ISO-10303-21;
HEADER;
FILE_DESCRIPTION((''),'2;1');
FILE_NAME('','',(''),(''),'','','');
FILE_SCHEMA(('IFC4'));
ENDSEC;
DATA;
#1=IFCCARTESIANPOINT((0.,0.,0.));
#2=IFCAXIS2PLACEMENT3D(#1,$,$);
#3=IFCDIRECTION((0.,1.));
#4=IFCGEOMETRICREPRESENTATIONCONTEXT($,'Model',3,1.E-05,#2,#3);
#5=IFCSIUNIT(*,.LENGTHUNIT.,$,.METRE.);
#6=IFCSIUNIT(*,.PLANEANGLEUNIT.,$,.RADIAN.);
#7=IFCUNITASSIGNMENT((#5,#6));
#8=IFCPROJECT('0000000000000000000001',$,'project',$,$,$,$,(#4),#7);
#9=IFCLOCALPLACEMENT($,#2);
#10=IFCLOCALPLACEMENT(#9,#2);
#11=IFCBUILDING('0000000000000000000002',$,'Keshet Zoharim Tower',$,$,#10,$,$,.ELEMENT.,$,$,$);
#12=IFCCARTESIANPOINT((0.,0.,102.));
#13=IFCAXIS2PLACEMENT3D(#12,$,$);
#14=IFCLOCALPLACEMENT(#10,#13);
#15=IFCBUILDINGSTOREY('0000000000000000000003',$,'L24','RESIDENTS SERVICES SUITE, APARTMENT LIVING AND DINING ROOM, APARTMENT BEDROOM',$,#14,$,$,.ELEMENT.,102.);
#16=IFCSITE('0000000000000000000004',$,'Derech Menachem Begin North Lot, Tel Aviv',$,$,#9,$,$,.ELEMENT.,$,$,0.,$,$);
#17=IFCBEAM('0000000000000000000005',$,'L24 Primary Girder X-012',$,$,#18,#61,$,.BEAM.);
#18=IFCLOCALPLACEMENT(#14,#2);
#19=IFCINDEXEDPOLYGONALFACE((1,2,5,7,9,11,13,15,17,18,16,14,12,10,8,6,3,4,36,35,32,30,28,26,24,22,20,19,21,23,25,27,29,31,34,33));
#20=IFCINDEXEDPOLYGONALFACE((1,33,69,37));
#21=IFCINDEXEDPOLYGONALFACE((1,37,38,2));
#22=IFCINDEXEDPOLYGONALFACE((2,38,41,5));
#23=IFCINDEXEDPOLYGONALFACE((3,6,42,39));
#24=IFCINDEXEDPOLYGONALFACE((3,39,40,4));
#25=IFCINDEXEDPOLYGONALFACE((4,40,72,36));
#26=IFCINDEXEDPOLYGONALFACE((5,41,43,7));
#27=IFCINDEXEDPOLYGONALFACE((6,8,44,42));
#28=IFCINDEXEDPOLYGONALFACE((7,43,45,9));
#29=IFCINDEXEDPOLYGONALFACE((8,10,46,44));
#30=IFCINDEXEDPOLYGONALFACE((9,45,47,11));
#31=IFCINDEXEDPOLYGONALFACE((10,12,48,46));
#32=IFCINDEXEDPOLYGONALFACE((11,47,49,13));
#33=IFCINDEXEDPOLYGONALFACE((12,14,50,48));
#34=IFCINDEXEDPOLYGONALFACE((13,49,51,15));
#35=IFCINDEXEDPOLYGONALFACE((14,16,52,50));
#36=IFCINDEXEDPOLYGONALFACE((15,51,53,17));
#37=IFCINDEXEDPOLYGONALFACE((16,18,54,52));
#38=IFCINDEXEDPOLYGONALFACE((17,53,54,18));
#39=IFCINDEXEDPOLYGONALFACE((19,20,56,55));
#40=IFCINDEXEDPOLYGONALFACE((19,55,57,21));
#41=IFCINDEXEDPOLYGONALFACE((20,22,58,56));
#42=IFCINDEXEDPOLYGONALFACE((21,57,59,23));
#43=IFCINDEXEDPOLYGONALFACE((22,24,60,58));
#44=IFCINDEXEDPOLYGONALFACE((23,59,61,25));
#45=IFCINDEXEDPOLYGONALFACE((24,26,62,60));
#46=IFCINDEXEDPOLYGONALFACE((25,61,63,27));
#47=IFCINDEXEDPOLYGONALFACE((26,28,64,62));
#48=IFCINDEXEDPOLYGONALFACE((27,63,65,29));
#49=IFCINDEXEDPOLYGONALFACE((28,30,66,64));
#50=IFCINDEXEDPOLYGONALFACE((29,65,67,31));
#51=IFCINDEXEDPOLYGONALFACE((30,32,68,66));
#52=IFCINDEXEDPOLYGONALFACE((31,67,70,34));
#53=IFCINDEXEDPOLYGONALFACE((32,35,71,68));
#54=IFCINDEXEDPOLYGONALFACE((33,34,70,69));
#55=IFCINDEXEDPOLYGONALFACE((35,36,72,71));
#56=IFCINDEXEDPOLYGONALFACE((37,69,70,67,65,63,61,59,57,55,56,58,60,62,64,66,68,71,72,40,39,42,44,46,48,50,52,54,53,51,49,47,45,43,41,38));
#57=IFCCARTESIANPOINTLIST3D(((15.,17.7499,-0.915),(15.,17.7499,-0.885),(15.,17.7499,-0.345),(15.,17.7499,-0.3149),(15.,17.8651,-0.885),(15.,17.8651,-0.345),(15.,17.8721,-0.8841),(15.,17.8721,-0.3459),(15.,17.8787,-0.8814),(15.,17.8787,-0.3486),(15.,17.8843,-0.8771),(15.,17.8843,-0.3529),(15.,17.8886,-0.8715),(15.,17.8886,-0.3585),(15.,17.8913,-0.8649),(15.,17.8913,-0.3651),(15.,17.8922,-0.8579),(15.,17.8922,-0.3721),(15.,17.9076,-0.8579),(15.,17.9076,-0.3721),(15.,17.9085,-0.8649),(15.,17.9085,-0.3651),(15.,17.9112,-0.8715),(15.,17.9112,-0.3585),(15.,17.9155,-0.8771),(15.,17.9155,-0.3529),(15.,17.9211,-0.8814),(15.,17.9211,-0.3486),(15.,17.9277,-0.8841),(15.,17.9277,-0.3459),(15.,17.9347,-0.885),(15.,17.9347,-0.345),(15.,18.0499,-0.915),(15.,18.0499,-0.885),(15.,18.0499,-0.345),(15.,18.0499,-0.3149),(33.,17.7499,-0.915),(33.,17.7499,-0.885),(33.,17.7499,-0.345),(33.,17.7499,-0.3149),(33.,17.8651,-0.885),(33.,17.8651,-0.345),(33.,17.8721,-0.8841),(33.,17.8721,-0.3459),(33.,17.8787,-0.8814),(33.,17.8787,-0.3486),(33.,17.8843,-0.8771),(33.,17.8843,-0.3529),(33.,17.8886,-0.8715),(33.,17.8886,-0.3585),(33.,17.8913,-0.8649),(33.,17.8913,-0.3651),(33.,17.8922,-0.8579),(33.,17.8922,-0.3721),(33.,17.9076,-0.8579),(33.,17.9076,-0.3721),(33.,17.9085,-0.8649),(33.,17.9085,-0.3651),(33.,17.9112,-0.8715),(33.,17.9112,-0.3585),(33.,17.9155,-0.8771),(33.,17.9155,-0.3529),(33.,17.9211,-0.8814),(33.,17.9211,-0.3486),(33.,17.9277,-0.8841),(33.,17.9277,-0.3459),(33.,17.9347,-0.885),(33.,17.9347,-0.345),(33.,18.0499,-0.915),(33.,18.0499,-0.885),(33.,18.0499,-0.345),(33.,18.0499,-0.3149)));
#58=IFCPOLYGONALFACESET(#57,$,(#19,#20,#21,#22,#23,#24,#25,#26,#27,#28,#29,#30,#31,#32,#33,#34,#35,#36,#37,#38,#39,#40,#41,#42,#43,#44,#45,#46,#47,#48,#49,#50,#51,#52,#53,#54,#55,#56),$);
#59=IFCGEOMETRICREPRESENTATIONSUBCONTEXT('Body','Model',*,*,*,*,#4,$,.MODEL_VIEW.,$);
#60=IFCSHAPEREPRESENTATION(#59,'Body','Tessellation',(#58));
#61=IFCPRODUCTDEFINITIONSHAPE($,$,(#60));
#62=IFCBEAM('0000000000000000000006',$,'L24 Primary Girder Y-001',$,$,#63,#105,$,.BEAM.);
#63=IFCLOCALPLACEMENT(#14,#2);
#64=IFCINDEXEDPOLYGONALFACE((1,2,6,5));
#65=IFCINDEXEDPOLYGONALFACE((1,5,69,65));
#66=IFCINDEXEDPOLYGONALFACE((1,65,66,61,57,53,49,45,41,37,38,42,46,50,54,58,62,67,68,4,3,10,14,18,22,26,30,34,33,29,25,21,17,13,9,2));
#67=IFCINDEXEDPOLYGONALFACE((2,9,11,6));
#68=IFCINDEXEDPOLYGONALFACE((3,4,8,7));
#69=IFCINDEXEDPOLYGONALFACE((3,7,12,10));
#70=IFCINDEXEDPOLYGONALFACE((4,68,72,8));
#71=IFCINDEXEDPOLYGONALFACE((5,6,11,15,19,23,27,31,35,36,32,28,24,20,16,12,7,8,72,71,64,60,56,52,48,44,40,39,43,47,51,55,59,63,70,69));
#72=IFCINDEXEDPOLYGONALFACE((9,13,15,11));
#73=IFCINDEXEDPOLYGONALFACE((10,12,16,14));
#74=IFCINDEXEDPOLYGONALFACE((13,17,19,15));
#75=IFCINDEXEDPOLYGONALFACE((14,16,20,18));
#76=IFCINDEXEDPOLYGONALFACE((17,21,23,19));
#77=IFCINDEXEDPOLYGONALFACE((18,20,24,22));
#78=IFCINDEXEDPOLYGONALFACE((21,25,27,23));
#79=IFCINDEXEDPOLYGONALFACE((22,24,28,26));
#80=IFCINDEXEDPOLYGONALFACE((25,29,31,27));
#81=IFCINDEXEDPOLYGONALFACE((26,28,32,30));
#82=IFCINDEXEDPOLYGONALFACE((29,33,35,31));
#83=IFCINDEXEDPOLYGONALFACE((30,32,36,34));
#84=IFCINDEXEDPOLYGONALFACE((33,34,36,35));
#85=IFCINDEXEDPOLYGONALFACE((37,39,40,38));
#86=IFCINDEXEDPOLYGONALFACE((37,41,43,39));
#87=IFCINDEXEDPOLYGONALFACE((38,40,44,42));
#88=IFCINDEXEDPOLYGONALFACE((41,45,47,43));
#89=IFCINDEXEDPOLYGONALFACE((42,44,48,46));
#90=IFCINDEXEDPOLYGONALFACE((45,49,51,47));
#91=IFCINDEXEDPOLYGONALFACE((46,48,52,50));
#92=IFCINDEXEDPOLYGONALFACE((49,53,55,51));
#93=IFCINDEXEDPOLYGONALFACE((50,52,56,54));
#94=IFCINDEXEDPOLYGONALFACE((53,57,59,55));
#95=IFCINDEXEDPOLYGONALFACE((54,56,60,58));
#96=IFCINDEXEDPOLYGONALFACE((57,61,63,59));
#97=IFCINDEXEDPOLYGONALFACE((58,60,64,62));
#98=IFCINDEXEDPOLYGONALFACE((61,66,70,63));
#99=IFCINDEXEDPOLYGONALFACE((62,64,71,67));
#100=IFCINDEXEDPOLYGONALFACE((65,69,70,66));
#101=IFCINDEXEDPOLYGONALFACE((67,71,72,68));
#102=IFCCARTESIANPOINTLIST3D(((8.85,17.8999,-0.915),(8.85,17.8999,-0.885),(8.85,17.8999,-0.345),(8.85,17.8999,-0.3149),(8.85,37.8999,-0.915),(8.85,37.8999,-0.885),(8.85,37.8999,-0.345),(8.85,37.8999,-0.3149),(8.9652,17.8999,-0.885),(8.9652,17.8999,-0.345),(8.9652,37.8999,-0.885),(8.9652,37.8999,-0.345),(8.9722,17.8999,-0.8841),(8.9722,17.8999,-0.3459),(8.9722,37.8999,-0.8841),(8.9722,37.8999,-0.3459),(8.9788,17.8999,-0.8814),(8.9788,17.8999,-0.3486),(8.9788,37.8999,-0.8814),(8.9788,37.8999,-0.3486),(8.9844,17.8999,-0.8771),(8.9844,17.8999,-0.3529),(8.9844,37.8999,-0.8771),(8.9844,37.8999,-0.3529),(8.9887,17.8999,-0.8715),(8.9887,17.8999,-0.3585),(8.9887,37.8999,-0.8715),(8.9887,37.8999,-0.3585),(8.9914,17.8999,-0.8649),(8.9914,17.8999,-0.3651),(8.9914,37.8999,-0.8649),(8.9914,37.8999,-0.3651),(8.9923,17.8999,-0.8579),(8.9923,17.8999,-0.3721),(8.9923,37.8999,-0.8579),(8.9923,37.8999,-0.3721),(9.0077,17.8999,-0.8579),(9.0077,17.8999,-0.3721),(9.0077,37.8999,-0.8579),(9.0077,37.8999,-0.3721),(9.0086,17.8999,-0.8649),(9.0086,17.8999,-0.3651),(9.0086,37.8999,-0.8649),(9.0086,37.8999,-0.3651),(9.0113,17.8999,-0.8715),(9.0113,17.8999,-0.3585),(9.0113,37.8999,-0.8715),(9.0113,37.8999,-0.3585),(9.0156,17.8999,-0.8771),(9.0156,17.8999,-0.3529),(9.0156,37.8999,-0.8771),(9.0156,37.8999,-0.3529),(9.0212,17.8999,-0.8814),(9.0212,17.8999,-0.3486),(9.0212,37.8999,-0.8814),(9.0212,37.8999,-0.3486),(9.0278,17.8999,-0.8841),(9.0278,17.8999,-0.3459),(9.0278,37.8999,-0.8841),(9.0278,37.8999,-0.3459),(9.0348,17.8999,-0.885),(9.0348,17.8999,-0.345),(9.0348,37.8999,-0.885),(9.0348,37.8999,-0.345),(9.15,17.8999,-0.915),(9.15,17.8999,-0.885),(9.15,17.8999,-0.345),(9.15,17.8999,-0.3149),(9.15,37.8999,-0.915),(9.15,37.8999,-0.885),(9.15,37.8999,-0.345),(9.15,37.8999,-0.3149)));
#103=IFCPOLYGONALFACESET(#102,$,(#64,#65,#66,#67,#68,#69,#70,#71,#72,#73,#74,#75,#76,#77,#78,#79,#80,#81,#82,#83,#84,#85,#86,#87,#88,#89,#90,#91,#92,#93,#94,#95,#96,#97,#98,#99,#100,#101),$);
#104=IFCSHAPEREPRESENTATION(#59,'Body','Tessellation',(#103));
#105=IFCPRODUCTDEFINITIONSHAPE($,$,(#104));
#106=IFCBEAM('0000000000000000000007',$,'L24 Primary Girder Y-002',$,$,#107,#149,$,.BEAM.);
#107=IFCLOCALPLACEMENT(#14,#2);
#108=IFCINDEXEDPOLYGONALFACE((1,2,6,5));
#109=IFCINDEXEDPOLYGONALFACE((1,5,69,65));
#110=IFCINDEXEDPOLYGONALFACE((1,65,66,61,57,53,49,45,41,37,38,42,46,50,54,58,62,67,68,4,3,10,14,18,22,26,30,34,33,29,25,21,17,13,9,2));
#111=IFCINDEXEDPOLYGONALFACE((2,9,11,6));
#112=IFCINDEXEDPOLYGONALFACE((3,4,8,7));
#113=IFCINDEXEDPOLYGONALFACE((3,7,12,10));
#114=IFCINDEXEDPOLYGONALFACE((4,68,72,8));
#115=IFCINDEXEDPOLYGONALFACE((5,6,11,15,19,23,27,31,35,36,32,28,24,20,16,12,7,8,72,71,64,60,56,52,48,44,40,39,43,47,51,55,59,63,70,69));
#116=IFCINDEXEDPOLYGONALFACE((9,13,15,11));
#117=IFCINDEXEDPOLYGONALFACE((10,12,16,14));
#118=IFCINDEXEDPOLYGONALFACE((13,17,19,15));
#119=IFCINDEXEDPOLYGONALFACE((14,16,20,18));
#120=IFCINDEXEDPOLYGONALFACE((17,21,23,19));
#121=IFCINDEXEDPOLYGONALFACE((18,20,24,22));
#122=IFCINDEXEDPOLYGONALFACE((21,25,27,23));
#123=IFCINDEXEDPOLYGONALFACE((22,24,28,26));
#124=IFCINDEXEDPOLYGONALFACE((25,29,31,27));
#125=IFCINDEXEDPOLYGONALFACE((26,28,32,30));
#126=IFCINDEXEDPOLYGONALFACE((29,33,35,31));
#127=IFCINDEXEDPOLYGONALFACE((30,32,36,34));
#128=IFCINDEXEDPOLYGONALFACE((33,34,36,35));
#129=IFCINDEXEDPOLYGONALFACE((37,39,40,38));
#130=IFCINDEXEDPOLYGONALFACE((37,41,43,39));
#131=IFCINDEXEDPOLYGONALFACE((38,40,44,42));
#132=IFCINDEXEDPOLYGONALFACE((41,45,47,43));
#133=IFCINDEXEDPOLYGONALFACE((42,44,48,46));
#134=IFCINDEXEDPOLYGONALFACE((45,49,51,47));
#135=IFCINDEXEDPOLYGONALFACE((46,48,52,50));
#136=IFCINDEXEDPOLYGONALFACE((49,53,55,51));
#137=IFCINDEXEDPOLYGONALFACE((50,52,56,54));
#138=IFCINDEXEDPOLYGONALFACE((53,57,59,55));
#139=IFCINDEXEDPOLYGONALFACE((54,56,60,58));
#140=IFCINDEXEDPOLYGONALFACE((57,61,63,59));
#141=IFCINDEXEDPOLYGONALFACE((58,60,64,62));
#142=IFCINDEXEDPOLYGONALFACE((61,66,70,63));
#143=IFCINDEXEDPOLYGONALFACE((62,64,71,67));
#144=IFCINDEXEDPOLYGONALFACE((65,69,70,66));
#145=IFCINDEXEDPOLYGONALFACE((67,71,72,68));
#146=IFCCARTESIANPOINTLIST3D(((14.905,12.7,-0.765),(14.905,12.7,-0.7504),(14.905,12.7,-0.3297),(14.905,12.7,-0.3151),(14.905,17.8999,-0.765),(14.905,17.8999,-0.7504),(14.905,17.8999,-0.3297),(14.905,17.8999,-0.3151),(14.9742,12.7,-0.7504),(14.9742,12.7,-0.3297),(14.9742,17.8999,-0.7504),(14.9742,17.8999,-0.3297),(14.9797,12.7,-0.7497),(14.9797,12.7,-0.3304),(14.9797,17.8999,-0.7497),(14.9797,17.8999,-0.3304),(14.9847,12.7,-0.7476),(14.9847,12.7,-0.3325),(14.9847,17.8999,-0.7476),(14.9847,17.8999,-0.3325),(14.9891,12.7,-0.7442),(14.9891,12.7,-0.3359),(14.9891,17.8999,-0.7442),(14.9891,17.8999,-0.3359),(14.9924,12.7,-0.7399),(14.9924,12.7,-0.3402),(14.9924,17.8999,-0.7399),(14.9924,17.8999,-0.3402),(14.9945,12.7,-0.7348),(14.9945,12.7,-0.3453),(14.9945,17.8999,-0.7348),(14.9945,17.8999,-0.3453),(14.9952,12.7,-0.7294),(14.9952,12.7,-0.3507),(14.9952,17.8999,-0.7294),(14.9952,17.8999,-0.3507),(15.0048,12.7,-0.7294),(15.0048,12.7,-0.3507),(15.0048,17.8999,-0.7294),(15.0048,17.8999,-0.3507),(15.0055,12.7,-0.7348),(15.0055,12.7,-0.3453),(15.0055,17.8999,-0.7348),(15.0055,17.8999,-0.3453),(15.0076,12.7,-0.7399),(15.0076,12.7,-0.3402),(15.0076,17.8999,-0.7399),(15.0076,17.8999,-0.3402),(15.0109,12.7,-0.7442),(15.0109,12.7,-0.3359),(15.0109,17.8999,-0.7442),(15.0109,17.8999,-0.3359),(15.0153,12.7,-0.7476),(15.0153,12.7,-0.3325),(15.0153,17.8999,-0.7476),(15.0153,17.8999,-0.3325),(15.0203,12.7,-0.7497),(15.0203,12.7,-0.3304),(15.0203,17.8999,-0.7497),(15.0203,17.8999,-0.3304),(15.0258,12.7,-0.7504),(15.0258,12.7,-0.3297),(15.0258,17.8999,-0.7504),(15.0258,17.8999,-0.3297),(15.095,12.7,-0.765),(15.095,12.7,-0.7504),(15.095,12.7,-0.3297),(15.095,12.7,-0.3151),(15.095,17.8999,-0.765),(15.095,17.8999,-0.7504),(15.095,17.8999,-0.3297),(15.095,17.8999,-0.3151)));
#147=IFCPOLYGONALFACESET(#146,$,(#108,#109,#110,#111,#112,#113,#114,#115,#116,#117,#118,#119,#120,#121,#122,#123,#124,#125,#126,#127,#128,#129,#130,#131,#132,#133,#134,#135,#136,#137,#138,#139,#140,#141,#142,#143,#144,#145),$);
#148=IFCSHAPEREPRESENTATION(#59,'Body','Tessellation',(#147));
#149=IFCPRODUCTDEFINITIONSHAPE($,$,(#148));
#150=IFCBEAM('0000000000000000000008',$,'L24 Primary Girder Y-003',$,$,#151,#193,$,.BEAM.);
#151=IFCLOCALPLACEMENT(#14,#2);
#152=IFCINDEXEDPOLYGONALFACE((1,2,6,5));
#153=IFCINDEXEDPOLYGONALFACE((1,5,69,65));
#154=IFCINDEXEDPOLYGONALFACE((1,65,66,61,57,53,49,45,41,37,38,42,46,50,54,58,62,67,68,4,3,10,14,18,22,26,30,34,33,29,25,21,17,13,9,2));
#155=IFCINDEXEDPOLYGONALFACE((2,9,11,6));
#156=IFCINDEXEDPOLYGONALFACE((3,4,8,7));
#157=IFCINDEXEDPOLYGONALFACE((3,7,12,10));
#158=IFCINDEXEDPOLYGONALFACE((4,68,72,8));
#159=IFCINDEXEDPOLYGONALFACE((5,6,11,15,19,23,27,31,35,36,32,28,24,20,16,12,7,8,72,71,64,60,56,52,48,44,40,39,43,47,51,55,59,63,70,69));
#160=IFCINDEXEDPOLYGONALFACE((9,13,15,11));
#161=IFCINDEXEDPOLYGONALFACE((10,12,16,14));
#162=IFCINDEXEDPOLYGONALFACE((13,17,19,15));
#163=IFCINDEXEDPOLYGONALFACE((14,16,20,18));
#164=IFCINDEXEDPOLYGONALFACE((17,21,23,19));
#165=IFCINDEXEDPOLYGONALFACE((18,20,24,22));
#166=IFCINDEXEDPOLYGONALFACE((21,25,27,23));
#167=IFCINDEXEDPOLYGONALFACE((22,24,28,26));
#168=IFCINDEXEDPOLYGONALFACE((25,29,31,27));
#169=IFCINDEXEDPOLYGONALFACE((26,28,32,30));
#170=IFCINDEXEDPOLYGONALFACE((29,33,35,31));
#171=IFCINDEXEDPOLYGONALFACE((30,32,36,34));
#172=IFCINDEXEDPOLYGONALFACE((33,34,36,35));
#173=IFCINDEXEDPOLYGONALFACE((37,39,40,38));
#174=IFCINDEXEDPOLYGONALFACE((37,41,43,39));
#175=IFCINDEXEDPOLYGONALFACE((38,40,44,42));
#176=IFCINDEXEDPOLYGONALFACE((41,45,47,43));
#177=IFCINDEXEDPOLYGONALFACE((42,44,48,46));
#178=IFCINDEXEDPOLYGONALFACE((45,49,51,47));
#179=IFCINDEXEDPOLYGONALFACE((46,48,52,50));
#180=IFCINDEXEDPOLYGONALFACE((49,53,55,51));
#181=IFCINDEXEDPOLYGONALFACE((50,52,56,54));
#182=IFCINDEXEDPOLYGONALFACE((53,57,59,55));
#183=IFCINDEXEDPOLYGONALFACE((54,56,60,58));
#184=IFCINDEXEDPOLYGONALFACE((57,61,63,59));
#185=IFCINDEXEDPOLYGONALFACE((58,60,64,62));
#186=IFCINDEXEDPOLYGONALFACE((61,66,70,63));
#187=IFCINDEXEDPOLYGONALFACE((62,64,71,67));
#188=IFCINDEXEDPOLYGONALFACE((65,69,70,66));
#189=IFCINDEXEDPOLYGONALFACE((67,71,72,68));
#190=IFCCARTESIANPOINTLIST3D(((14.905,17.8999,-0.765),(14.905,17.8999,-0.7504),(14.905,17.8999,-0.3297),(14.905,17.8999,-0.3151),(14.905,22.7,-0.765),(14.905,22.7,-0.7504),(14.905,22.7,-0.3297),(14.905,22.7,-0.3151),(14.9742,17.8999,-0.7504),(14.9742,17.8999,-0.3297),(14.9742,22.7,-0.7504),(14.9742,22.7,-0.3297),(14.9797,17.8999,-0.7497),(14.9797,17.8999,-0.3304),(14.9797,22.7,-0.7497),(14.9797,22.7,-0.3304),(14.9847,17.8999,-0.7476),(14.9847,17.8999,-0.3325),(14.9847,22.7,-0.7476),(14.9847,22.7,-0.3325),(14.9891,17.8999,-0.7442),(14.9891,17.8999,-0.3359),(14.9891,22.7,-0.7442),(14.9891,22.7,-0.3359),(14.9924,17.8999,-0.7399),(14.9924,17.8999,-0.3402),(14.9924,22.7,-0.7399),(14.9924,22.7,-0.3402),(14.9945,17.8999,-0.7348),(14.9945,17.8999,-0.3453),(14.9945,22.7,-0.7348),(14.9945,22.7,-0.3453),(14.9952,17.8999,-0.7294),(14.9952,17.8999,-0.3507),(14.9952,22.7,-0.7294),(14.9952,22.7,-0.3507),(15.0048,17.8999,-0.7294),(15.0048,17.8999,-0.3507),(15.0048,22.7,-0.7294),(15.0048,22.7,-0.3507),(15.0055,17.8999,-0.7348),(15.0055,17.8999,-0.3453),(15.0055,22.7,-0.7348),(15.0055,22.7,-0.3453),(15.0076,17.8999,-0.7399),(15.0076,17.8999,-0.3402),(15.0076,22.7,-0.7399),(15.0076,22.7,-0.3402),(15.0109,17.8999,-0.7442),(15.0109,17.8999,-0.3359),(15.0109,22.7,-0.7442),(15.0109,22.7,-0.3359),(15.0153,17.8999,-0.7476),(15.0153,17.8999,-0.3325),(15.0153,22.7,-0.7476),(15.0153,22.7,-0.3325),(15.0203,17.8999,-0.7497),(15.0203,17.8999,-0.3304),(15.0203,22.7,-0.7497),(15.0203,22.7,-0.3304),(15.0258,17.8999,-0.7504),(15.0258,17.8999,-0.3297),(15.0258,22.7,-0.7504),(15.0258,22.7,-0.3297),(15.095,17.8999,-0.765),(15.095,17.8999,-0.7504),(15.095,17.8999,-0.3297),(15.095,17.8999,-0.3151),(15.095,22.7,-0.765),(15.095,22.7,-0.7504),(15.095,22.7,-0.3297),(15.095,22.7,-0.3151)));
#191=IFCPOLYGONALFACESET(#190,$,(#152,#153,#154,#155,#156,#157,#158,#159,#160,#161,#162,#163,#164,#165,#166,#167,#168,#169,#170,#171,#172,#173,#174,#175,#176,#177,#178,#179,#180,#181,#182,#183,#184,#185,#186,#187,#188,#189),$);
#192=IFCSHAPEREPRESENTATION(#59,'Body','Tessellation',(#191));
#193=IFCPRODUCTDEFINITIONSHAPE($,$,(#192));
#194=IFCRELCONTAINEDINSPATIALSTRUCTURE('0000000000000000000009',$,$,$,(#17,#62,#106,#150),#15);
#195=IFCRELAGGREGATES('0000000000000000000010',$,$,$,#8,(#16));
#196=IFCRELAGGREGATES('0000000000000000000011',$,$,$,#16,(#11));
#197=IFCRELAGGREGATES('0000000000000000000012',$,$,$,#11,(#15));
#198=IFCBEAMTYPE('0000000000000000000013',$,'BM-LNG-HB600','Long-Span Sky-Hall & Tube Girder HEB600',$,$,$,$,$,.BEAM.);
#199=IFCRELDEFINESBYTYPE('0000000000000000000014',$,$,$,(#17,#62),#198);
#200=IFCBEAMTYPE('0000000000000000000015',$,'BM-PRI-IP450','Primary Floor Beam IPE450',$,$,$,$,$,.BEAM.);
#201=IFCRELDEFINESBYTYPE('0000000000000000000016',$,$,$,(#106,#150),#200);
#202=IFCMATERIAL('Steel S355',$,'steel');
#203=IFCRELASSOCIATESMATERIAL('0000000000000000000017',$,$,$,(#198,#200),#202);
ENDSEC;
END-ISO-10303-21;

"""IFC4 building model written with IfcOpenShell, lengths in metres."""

from ifc_helpers import new_model, si_unit, direction, frame, origin, origin_2d, place, context, subcontext, project, spatial, i_section, extrude, material, material_profile, profile_set, type_object, element, save


model = new_model("IFC4")

# Units and contexts
model_context = context("Model", 3, precision=1e-05, world=origin(), true_north=direction((0.0, 1.0)))
body_context = subcontext(model_context, "Body", "Model", "MODEL_VIEW")
ifc_project = project(units=[si_unit("LENGTHUNIT", "METRE"), si_unit("PLANEANGLEUNIT", "RADIAN")], contexts=[model_context])

# Site, building, storey
site_placement = place(None, origin())
site = spatial("IfcSite", under=ifc_project, at=site_placement, Name="Derech Menachem Begin North Lot, Tel Aviv", CompositionType="ELEMENT", RefElevation=0.0)
building_placement = place(site_placement, origin())
building = spatial("IfcBuilding", under=site, at=building_placement, Name="Keshet Zoharim Tower", CompositionType="ELEMENT")
storey_placement = place(building_placement, frame((0.0, 0.0, 102.0)))
storey = spatial("IfcBuildingStorey", under=building, at=storey_placement, Name="L24", Description="RESIDENTS SERVICES SUITE, APARTMENT LIVING AND DINING ROOM, APARTMENT BEDROOM", CompositionType="ELEMENT", Elevation=102.0)

# Shared definitions
ifc_material_1 = material(Name="Steel S355", Category="steel")

# Beams
ifc_material_profile_1 = material_profile(ifc_material_1, i_section(OverallWidth=0.3, OverallDepth=0.6001, WebThickness=0.0154, FlangeThickness=0.03, FilletRadius=0.0271, at=origin_2d()), Name="HEB600")
ifc_profile_set_1 = profile_set([ifc_material_profile_1], Name="Steel S355")
beam_type_1 = type_object("IfcBeamType", Name="BM-LNG-HB600", Description="Long-Span Sky-Hall & Tube Girder HEB600", PredefinedType="BEAM", material=ifc_profile_set_1)
for number, where, z_axis, x_axis, name in (
    (1, (15.0, 17.8999, -0.615), (1.0, 0.0, 0.0), (0.0, 1.0, 0.0), "L24 Primary Girder X-012"),
):
    element("IfcBeam", number, at=place(storey_placement, frame(where, z_axis=z_axis, x_axis=x_axis)), inside=storey, type_object=beam_type_1, Name=name, PredefinedType="BEAM", context=body_context, shape_type="SweptSolid", body=[
        extrude(i_section(OverallWidth=0.3, OverallDepth=0.6001, WebThickness=0.0154, FlangeThickness=0.03, FilletRadius=0.0271, at=origin_2d()), origin(), (0.0, 0.0, 1.0), 18.0),
    ])
beam_1_placement = place(storey_placement, frame((9.0, 17.8999, -0.615), z_axis=(0.0, 1.0, 0.0), x_axis=(-1.0, 0.0, 0.0)))
element("IfcBeam", 2, at=beam_1_placement, inside=storey, type_object=beam_type_1, Name="L24 Primary Girder Y-001", PredefinedType="BEAM", context=body_context, shape_type="SweptSolid", body=[
    extrude(i_section(OverallWidth=0.3, OverallDepth=0.6001, WebThickness=0.0154, FlangeThickness=0.03, FilletRadius=0.0271, at=origin_2d()), origin(), (0.0, 0.0, 1.0), 20.0),
])
ifc_material_profile_2 = material_profile(ifc_material_1, i_section(OverallWidth=0.1899, OverallDepth=0.45, WebThickness=0.0095, FlangeThickness=0.0146, FilletRadius=0.021, at=origin_2d()), Name="IPE450")
ifc_profile_set_2 = profile_set([ifc_material_profile_2], Name="Steel S355")
beam_type_2 = type_object("IfcBeamType", Name="BM-PRI-IP450", Description="Primary Floor Beam IPE450", PredefinedType="BEAM", material=ifc_profile_set_2)
beam_2_placement = place(storey_placement, frame((15.0, 12.7, -0.54), z_axis=(0.0, 1.0, 0.0), x_axis=(-1.0, 0.0, 0.0)))
element("IfcBeam", 3, at=beam_2_placement, inside=storey, type_object=beam_type_2, Name="L24 Primary Girder Y-002", PredefinedType="BEAM", context=body_context, shape_type="SweptSolid", body=[
    extrude(i_section(OverallWidth=0.1899, OverallDepth=0.45, WebThickness=0.0095, FlangeThickness=0.0146, FilletRadius=0.021, at=origin_2d()), origin(), (0.0, 0.0, 1.0), 5.2),
])
beam_3_placement = place(storey_placement, frame((15.0, 17.8999, -0.54), z_axis=(0.0, 1.0, 0.0), x_axis=(-1.0, 0.0, 0.0)))
element("IfcBeam", 4, at=beam_3_placement, inside=storey, type_object=beam_type_2, Name="L24 Primary Girder Y-003", PredefinedType="BEAM", context=body_context, shape_type="SweptSolid", body=[
    extrude(i_section(OverallWidth=0.1899, OverallDepth=0.45, WebThickness=0.0095, FlangeThickness=0.0146, FilletRadius=0.021, at=origin_2d()), origin(), (0.0, 0.0, 1.0), 4.8),
])

save(model, "model.ifc")
